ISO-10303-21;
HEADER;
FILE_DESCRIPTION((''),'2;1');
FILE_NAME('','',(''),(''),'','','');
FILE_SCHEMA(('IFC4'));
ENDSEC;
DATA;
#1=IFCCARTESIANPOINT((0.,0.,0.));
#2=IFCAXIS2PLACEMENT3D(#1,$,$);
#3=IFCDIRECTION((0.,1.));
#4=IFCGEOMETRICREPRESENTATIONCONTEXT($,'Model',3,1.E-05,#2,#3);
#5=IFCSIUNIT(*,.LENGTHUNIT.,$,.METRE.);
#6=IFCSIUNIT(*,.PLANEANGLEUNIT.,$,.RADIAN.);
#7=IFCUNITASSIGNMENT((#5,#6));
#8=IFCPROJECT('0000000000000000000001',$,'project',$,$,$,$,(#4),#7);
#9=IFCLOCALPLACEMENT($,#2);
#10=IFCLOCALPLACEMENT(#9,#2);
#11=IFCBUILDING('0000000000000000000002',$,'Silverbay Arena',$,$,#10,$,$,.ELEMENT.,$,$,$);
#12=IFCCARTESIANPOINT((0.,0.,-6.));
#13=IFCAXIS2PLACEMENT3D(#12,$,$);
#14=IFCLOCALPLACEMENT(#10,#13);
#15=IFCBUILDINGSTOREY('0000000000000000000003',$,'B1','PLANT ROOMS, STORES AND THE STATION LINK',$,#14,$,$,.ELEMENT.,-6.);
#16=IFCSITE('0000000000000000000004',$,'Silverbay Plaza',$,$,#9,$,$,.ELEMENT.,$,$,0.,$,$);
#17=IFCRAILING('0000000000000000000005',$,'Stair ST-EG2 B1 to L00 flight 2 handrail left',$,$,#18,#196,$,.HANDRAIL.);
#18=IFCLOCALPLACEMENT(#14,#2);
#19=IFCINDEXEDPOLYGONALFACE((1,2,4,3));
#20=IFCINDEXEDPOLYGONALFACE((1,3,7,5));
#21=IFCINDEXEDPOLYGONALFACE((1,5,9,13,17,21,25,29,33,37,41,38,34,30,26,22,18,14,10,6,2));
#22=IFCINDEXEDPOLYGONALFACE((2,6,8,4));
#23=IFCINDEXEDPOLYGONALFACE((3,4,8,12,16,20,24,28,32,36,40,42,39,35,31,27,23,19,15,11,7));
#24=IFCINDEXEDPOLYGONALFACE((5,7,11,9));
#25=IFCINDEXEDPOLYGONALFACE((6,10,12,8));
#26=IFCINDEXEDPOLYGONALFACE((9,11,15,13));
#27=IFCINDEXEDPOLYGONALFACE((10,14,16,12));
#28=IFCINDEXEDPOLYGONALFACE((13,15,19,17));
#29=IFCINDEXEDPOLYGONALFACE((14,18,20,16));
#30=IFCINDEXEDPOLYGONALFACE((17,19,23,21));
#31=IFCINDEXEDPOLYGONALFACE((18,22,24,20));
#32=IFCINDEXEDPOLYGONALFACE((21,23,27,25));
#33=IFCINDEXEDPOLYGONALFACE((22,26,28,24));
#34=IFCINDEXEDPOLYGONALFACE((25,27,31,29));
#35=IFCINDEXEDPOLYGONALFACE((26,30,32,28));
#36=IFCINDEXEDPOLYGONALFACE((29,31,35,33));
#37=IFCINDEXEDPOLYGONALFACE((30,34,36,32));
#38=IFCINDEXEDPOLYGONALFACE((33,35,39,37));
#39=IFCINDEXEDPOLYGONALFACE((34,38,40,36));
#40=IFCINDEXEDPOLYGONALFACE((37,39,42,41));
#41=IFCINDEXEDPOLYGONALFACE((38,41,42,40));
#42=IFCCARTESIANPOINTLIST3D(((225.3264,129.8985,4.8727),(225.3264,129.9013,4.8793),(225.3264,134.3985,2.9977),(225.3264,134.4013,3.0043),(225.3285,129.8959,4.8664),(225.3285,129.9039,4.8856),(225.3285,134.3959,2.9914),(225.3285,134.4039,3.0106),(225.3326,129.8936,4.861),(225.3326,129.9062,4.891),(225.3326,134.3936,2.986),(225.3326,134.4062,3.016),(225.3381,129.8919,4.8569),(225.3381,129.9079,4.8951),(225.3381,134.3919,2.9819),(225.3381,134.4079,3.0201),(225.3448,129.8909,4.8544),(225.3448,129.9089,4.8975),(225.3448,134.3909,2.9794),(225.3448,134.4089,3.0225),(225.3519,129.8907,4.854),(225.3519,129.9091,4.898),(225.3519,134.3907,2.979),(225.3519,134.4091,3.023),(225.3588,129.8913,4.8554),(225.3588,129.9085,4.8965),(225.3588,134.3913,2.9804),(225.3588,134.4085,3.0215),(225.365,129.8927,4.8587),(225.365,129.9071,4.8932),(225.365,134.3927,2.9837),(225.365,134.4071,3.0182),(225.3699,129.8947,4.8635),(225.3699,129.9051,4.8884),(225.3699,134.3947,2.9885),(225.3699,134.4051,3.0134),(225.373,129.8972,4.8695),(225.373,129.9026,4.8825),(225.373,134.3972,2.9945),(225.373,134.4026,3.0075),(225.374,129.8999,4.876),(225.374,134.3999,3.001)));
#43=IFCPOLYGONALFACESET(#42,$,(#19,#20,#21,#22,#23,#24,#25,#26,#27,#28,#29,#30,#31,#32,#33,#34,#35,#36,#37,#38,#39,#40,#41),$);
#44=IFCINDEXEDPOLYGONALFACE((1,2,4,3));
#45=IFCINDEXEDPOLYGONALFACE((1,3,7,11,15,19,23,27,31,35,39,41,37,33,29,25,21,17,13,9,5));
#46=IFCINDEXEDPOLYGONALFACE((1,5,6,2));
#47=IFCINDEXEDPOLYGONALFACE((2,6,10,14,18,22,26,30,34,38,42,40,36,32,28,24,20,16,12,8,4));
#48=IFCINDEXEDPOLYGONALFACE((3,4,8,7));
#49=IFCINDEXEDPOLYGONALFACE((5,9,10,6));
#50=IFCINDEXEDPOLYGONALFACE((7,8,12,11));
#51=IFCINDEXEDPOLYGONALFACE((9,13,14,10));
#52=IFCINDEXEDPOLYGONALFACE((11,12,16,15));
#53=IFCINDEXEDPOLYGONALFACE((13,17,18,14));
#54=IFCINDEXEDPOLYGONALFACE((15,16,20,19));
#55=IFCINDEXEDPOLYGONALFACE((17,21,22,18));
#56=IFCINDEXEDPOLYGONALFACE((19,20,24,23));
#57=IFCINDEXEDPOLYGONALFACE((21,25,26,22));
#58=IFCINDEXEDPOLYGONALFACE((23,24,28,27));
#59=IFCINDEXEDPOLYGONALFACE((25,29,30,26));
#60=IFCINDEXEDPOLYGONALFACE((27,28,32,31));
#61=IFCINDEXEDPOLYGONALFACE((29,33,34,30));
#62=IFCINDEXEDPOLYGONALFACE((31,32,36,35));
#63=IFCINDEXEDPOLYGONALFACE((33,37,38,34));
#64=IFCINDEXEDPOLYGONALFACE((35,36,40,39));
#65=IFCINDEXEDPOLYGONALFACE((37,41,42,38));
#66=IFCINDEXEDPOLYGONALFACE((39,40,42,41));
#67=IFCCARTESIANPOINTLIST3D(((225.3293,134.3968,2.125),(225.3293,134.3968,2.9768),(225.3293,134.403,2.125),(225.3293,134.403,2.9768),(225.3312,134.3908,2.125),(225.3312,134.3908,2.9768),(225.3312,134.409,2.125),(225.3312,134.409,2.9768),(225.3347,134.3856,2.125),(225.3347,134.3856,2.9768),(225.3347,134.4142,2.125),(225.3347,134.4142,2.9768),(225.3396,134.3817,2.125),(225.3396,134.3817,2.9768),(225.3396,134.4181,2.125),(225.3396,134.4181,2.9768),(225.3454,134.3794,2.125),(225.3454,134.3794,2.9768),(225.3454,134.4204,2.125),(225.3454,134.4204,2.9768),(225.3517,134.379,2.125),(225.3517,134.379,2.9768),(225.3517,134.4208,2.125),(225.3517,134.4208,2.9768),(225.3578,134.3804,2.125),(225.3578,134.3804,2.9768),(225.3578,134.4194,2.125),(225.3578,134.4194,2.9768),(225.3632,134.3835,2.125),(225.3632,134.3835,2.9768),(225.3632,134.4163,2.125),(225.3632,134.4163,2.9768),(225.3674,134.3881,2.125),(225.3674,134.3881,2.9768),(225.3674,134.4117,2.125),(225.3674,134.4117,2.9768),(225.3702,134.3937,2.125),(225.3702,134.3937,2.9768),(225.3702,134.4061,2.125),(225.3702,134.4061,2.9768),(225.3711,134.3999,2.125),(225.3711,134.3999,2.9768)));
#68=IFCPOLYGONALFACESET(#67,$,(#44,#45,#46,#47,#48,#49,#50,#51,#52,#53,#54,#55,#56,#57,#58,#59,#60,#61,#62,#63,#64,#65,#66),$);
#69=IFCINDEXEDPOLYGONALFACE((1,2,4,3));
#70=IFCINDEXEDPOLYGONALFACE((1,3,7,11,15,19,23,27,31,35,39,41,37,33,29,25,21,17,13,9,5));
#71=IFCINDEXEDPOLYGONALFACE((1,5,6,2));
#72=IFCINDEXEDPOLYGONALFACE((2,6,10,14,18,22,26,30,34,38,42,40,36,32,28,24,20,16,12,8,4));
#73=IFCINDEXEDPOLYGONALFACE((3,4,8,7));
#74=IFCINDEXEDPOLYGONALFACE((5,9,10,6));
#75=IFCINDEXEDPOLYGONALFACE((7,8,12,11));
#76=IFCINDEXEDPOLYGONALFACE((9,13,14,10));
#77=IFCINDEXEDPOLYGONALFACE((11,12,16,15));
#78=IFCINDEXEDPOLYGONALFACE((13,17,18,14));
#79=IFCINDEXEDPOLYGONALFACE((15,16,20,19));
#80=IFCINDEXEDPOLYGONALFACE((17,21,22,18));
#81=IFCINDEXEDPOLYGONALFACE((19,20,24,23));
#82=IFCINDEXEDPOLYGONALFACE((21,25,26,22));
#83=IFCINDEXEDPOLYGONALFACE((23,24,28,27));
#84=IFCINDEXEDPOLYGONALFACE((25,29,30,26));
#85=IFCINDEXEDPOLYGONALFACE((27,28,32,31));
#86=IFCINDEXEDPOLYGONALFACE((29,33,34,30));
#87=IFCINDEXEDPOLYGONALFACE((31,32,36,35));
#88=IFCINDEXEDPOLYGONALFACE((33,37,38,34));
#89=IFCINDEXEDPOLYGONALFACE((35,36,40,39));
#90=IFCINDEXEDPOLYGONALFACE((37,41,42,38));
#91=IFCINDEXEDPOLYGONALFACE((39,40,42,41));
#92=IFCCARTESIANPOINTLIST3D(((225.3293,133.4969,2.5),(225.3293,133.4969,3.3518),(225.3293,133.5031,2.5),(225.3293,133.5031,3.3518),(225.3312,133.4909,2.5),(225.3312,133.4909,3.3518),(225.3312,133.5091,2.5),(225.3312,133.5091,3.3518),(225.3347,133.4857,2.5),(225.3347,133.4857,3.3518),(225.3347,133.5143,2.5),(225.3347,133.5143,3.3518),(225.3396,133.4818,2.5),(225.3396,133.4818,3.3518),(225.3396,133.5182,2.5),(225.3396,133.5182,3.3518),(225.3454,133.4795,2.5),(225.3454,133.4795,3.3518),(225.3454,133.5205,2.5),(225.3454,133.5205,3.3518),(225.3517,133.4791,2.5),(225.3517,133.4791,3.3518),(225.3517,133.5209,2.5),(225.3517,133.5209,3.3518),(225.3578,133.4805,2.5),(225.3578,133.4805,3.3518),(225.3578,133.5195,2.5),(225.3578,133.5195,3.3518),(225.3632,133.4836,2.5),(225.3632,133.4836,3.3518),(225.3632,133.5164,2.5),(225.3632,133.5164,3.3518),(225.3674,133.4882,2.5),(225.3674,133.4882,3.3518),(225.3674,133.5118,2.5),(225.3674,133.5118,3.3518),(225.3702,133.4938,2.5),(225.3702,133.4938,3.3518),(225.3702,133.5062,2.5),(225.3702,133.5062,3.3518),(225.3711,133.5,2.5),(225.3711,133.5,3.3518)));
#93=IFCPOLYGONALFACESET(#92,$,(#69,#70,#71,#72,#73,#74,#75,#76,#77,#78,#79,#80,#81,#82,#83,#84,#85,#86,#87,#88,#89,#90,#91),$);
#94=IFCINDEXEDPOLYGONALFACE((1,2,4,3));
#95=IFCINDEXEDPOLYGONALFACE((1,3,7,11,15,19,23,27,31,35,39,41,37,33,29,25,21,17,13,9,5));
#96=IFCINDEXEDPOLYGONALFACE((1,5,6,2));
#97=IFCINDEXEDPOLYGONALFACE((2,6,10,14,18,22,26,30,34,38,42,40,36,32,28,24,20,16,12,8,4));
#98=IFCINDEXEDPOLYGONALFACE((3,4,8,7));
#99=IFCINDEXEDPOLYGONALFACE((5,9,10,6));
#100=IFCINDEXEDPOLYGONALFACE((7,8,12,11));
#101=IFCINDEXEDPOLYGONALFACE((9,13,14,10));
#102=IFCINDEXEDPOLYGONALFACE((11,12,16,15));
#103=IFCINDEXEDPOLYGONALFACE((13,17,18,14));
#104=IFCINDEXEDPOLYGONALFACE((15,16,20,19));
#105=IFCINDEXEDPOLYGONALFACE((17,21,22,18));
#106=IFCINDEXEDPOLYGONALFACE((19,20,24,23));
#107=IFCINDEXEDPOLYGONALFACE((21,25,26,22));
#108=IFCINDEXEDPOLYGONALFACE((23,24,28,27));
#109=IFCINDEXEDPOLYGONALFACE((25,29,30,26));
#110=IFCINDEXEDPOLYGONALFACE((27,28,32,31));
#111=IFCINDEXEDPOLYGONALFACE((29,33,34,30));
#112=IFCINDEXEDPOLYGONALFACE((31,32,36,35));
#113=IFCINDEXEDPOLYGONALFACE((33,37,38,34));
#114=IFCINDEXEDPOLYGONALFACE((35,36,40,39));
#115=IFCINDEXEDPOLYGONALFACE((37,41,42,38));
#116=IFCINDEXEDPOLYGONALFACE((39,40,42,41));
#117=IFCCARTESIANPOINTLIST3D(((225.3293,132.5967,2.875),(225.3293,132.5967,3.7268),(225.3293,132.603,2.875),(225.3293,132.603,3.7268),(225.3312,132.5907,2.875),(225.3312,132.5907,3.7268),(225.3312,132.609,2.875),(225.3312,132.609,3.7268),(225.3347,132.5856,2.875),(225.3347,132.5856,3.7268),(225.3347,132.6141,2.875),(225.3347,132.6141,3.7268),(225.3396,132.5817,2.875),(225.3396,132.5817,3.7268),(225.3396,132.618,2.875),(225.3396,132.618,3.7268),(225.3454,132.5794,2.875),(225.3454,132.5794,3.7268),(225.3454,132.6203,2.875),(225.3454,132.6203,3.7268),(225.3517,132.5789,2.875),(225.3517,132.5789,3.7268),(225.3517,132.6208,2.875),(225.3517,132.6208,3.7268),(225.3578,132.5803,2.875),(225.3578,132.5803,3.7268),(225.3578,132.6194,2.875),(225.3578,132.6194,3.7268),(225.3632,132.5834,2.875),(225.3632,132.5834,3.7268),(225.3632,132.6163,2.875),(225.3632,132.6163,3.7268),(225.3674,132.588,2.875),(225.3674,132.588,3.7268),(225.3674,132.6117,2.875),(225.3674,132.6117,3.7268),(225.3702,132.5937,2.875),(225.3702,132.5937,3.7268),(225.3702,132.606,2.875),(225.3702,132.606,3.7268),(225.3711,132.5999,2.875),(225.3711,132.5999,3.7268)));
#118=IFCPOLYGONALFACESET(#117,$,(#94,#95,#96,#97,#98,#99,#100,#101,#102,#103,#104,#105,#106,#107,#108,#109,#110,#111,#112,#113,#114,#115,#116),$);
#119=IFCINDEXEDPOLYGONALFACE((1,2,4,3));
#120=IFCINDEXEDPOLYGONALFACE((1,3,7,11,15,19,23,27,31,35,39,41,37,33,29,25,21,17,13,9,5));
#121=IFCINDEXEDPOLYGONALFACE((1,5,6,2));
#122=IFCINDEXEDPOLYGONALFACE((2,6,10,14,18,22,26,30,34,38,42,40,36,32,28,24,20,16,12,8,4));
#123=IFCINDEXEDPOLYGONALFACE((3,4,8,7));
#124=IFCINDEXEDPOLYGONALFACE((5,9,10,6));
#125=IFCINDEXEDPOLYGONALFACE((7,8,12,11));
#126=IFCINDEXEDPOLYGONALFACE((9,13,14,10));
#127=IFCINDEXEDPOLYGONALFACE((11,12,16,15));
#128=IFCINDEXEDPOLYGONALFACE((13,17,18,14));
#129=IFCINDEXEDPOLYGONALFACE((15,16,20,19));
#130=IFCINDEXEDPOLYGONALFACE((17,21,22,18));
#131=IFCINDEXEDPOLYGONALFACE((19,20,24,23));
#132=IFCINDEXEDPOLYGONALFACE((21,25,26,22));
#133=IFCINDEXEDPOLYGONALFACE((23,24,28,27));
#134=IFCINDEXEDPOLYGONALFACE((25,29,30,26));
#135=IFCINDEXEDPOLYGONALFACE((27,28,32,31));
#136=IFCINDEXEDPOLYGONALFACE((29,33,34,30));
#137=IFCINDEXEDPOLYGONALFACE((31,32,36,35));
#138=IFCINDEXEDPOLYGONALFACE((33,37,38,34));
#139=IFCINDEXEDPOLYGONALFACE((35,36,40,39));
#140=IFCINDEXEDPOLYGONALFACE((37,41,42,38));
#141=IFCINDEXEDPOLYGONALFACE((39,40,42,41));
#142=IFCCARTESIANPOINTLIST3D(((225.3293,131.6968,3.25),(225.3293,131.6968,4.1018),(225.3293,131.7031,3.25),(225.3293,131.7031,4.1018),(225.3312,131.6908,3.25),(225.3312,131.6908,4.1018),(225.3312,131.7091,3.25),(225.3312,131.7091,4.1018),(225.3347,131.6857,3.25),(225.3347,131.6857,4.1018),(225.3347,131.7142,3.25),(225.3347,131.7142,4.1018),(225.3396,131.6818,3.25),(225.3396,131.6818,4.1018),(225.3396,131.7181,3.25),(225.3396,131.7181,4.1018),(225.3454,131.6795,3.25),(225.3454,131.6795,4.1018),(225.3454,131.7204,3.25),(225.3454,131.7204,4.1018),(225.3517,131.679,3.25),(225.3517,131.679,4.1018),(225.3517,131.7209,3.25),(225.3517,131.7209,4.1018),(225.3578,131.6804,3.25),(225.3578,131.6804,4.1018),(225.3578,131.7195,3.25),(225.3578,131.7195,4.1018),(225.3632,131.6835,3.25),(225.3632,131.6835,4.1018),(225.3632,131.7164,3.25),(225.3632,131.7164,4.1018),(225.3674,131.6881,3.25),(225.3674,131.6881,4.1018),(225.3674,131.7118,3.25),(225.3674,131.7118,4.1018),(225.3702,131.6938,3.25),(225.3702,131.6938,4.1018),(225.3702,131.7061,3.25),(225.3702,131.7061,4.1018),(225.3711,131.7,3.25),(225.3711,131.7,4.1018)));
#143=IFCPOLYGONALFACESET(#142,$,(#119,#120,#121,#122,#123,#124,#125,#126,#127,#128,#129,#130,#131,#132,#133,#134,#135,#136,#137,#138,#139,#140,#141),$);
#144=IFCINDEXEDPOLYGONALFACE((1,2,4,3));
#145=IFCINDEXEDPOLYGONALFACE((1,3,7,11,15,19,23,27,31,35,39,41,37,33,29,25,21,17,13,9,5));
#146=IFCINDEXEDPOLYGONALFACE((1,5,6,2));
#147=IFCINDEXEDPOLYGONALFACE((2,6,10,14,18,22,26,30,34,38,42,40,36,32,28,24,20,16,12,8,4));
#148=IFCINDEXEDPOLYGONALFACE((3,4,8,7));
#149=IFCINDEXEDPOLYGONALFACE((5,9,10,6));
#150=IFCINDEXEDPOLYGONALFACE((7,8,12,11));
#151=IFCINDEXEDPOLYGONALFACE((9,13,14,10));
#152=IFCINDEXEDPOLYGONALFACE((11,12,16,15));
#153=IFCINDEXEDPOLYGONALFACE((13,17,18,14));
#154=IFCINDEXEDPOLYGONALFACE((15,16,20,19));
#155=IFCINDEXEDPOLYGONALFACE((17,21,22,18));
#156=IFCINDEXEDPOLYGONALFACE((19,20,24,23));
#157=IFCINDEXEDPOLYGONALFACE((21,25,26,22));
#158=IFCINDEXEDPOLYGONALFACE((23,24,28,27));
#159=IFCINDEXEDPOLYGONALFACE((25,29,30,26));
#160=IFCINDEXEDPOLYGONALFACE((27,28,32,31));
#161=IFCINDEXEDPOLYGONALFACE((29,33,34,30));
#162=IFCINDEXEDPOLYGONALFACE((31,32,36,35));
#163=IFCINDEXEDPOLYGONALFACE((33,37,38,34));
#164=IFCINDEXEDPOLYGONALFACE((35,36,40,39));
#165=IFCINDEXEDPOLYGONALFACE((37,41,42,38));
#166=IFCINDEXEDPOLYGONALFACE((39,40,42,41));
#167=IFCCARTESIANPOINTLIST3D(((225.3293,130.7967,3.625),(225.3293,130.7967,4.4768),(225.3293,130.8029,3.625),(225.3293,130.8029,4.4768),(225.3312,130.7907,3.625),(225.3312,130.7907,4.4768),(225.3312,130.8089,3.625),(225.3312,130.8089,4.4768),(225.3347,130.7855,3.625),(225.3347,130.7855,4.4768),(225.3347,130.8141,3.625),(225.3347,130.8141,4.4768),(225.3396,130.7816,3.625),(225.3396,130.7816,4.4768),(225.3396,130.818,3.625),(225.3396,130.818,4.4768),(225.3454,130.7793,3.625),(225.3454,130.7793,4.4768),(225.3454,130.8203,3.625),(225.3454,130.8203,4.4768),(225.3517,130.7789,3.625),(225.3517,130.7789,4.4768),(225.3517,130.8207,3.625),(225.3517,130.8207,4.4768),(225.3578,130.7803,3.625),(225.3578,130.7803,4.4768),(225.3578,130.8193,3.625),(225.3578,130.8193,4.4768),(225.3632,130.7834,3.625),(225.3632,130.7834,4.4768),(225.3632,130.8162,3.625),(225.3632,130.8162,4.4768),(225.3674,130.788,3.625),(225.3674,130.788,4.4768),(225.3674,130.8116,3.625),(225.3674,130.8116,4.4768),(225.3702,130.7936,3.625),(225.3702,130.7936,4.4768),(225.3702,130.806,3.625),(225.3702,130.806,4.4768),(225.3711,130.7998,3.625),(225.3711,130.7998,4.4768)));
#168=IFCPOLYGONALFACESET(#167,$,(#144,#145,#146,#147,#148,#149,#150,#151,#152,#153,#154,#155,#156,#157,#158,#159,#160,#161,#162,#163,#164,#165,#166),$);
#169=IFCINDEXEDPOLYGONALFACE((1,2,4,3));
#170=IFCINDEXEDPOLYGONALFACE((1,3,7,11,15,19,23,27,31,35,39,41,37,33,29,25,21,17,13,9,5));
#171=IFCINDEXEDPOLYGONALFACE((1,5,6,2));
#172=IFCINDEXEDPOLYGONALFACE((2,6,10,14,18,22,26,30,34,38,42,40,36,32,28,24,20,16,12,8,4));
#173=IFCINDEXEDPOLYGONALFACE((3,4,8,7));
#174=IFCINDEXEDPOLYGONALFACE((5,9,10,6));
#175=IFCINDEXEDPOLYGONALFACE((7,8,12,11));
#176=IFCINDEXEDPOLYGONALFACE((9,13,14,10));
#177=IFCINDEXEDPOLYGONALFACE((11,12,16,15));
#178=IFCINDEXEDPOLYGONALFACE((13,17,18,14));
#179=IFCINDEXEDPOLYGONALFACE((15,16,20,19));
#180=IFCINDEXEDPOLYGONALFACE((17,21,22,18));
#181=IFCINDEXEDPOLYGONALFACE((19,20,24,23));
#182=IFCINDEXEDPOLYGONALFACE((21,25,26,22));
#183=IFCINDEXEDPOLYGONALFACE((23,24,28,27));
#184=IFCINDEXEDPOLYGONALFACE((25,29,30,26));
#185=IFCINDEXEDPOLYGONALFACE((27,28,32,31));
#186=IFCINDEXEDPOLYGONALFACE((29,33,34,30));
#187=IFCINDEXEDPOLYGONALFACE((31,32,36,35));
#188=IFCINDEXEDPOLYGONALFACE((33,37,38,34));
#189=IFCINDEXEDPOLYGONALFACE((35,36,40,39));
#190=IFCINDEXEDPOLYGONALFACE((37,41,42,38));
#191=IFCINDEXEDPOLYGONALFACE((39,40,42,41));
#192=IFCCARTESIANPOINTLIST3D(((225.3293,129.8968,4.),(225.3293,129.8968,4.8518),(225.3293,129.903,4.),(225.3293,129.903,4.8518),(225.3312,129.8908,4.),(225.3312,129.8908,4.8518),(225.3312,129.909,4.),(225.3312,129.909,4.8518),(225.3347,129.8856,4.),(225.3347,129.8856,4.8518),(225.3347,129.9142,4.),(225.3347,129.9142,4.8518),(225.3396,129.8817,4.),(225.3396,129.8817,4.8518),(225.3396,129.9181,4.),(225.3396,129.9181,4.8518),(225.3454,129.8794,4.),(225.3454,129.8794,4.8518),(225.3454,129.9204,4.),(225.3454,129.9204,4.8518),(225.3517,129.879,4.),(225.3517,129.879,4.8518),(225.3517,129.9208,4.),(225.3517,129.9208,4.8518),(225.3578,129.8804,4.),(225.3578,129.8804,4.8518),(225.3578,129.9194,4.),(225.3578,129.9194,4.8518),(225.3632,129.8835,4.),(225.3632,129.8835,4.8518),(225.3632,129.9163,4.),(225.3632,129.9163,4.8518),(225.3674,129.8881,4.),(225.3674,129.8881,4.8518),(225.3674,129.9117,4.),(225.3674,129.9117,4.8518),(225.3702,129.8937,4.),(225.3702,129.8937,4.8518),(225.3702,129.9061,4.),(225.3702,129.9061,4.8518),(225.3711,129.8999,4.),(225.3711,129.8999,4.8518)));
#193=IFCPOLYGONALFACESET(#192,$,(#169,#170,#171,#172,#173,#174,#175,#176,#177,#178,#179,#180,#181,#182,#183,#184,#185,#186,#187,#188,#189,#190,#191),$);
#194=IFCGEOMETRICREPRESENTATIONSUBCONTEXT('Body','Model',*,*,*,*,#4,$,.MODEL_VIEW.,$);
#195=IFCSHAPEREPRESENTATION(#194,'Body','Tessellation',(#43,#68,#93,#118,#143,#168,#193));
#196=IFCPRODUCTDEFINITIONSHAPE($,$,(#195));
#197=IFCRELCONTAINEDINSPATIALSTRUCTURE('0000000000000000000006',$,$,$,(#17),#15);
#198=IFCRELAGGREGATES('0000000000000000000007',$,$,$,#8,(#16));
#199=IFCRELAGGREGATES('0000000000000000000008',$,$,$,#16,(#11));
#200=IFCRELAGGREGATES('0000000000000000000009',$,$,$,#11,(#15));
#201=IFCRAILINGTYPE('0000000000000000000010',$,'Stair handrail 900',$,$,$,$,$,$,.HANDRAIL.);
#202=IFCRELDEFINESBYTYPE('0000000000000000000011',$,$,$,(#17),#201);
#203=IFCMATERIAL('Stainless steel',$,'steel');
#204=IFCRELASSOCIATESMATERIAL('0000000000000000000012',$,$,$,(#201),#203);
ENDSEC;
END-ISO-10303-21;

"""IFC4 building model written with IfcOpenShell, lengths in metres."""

from ifc_helpers import new_model, si_unit, direction, frame, origin, origin_2d, place, context, subcontext, project, spatial, circle, extrude, material, type_object, element, save


model = new_model("IFC4")

# Units and contexts
model_context = context("Model", 3, precision=1e-05, world=origin(), true_north=direction((0.0, 1.0)))
body_context = subcontext(model_context, "Body", "Model", "MODEL_VIEW")
ifc_project = project(units=[si_unit("LENGTHUNIT", "METRE"), si_unit("PLANEANGLEUNIT", "RADIAN")], contexts=[model_context])

# Site, building, storey
site_placement = place(None, origin())
site = spatial("IfcSite", under=ifc_project, at=site_placement, Name="Silverbay Plaza", CompositionType="ELEMENT", RefElevation=0.0)
building_placement = place(site_placement, origin())
building = spatial("IfcBuilding", under=site, at=building_placement, Name="Silverbay Arena", CompositionType="ELEMENT")
storey_placement = place(building_placement, frame((0.0, 0.0, -6.0)))
storey = spatial("IfcBuildingStorey", under=building, at=storey_placement, Name="B1", Description="PLANT ROOMS, STORES AND THE STATION LINK", CompositionType="ELEMENT", Elevation=-6.0)

# Railing
ifc_material_1 = material(Name="Stainless steel", Category="steel")
railing_type_1 = type_object("IfcRailingType", Name="Stair handrail 900", PredefinedType="HANDRAIL", material=ifc_material_1)
for number, where, name in (
    (1, (225.3501, 134.3999, 2.125), "Stair ST-EG2 B1 to L00 flight 2 handrail left"),
):
    element("IfcRailing", number, at=place(storey_placement, frame(where)), inside=storey, type_object=railing_type_1, Name=name, PredefinedType="HANDRAIL", context=body_context, shape_type="SweptSolid", body=[
        extrude(circle(Radius=0.0239, at=origin_2d()), frame((0.0, 0.0, 0.876), z_axis=(0.0, -0.923077, 0.384615), x_axis=(1.0, 0.0, 0.0)), (0.0, 0.0, 1.0), 4.875),
        extrude(circle(Radius=0.021, at=origin_2d()), origin(), (0.0, 0.0, 1.0), 0.8518),
        extrude(circle(Radius=0.021, at=origin_2d()), frame((0.0, -0.8999, 0.375)), (0.0, 0.0, 1.0), 0.8518),
        extrude(circle(Radius=0.021, at=origin_2d()), frame((0.0, -1.8, 0.75)), (0.0, 0.0, 1.0), 0.8518),
        extrude(circle(Radius=0.021, at=origin_2d()), frame((0.0, -2.7, 1.125)), (0.0, 0.0, 1.0), 0.8518),
        extrude(circle(Radius=0.021, at=origin_2d()), frame((0.0, -3.6001, 1.5)), (0.0, 0.0, 1.0), 0.8518),
        extrude(circle(Radius=0.021, at=origin_2d()), frame((0.0, -4.5, 1.875)), (0.0, 0.0, 1.0), 0.8518),
    ])

save(model, "model.ifc")
